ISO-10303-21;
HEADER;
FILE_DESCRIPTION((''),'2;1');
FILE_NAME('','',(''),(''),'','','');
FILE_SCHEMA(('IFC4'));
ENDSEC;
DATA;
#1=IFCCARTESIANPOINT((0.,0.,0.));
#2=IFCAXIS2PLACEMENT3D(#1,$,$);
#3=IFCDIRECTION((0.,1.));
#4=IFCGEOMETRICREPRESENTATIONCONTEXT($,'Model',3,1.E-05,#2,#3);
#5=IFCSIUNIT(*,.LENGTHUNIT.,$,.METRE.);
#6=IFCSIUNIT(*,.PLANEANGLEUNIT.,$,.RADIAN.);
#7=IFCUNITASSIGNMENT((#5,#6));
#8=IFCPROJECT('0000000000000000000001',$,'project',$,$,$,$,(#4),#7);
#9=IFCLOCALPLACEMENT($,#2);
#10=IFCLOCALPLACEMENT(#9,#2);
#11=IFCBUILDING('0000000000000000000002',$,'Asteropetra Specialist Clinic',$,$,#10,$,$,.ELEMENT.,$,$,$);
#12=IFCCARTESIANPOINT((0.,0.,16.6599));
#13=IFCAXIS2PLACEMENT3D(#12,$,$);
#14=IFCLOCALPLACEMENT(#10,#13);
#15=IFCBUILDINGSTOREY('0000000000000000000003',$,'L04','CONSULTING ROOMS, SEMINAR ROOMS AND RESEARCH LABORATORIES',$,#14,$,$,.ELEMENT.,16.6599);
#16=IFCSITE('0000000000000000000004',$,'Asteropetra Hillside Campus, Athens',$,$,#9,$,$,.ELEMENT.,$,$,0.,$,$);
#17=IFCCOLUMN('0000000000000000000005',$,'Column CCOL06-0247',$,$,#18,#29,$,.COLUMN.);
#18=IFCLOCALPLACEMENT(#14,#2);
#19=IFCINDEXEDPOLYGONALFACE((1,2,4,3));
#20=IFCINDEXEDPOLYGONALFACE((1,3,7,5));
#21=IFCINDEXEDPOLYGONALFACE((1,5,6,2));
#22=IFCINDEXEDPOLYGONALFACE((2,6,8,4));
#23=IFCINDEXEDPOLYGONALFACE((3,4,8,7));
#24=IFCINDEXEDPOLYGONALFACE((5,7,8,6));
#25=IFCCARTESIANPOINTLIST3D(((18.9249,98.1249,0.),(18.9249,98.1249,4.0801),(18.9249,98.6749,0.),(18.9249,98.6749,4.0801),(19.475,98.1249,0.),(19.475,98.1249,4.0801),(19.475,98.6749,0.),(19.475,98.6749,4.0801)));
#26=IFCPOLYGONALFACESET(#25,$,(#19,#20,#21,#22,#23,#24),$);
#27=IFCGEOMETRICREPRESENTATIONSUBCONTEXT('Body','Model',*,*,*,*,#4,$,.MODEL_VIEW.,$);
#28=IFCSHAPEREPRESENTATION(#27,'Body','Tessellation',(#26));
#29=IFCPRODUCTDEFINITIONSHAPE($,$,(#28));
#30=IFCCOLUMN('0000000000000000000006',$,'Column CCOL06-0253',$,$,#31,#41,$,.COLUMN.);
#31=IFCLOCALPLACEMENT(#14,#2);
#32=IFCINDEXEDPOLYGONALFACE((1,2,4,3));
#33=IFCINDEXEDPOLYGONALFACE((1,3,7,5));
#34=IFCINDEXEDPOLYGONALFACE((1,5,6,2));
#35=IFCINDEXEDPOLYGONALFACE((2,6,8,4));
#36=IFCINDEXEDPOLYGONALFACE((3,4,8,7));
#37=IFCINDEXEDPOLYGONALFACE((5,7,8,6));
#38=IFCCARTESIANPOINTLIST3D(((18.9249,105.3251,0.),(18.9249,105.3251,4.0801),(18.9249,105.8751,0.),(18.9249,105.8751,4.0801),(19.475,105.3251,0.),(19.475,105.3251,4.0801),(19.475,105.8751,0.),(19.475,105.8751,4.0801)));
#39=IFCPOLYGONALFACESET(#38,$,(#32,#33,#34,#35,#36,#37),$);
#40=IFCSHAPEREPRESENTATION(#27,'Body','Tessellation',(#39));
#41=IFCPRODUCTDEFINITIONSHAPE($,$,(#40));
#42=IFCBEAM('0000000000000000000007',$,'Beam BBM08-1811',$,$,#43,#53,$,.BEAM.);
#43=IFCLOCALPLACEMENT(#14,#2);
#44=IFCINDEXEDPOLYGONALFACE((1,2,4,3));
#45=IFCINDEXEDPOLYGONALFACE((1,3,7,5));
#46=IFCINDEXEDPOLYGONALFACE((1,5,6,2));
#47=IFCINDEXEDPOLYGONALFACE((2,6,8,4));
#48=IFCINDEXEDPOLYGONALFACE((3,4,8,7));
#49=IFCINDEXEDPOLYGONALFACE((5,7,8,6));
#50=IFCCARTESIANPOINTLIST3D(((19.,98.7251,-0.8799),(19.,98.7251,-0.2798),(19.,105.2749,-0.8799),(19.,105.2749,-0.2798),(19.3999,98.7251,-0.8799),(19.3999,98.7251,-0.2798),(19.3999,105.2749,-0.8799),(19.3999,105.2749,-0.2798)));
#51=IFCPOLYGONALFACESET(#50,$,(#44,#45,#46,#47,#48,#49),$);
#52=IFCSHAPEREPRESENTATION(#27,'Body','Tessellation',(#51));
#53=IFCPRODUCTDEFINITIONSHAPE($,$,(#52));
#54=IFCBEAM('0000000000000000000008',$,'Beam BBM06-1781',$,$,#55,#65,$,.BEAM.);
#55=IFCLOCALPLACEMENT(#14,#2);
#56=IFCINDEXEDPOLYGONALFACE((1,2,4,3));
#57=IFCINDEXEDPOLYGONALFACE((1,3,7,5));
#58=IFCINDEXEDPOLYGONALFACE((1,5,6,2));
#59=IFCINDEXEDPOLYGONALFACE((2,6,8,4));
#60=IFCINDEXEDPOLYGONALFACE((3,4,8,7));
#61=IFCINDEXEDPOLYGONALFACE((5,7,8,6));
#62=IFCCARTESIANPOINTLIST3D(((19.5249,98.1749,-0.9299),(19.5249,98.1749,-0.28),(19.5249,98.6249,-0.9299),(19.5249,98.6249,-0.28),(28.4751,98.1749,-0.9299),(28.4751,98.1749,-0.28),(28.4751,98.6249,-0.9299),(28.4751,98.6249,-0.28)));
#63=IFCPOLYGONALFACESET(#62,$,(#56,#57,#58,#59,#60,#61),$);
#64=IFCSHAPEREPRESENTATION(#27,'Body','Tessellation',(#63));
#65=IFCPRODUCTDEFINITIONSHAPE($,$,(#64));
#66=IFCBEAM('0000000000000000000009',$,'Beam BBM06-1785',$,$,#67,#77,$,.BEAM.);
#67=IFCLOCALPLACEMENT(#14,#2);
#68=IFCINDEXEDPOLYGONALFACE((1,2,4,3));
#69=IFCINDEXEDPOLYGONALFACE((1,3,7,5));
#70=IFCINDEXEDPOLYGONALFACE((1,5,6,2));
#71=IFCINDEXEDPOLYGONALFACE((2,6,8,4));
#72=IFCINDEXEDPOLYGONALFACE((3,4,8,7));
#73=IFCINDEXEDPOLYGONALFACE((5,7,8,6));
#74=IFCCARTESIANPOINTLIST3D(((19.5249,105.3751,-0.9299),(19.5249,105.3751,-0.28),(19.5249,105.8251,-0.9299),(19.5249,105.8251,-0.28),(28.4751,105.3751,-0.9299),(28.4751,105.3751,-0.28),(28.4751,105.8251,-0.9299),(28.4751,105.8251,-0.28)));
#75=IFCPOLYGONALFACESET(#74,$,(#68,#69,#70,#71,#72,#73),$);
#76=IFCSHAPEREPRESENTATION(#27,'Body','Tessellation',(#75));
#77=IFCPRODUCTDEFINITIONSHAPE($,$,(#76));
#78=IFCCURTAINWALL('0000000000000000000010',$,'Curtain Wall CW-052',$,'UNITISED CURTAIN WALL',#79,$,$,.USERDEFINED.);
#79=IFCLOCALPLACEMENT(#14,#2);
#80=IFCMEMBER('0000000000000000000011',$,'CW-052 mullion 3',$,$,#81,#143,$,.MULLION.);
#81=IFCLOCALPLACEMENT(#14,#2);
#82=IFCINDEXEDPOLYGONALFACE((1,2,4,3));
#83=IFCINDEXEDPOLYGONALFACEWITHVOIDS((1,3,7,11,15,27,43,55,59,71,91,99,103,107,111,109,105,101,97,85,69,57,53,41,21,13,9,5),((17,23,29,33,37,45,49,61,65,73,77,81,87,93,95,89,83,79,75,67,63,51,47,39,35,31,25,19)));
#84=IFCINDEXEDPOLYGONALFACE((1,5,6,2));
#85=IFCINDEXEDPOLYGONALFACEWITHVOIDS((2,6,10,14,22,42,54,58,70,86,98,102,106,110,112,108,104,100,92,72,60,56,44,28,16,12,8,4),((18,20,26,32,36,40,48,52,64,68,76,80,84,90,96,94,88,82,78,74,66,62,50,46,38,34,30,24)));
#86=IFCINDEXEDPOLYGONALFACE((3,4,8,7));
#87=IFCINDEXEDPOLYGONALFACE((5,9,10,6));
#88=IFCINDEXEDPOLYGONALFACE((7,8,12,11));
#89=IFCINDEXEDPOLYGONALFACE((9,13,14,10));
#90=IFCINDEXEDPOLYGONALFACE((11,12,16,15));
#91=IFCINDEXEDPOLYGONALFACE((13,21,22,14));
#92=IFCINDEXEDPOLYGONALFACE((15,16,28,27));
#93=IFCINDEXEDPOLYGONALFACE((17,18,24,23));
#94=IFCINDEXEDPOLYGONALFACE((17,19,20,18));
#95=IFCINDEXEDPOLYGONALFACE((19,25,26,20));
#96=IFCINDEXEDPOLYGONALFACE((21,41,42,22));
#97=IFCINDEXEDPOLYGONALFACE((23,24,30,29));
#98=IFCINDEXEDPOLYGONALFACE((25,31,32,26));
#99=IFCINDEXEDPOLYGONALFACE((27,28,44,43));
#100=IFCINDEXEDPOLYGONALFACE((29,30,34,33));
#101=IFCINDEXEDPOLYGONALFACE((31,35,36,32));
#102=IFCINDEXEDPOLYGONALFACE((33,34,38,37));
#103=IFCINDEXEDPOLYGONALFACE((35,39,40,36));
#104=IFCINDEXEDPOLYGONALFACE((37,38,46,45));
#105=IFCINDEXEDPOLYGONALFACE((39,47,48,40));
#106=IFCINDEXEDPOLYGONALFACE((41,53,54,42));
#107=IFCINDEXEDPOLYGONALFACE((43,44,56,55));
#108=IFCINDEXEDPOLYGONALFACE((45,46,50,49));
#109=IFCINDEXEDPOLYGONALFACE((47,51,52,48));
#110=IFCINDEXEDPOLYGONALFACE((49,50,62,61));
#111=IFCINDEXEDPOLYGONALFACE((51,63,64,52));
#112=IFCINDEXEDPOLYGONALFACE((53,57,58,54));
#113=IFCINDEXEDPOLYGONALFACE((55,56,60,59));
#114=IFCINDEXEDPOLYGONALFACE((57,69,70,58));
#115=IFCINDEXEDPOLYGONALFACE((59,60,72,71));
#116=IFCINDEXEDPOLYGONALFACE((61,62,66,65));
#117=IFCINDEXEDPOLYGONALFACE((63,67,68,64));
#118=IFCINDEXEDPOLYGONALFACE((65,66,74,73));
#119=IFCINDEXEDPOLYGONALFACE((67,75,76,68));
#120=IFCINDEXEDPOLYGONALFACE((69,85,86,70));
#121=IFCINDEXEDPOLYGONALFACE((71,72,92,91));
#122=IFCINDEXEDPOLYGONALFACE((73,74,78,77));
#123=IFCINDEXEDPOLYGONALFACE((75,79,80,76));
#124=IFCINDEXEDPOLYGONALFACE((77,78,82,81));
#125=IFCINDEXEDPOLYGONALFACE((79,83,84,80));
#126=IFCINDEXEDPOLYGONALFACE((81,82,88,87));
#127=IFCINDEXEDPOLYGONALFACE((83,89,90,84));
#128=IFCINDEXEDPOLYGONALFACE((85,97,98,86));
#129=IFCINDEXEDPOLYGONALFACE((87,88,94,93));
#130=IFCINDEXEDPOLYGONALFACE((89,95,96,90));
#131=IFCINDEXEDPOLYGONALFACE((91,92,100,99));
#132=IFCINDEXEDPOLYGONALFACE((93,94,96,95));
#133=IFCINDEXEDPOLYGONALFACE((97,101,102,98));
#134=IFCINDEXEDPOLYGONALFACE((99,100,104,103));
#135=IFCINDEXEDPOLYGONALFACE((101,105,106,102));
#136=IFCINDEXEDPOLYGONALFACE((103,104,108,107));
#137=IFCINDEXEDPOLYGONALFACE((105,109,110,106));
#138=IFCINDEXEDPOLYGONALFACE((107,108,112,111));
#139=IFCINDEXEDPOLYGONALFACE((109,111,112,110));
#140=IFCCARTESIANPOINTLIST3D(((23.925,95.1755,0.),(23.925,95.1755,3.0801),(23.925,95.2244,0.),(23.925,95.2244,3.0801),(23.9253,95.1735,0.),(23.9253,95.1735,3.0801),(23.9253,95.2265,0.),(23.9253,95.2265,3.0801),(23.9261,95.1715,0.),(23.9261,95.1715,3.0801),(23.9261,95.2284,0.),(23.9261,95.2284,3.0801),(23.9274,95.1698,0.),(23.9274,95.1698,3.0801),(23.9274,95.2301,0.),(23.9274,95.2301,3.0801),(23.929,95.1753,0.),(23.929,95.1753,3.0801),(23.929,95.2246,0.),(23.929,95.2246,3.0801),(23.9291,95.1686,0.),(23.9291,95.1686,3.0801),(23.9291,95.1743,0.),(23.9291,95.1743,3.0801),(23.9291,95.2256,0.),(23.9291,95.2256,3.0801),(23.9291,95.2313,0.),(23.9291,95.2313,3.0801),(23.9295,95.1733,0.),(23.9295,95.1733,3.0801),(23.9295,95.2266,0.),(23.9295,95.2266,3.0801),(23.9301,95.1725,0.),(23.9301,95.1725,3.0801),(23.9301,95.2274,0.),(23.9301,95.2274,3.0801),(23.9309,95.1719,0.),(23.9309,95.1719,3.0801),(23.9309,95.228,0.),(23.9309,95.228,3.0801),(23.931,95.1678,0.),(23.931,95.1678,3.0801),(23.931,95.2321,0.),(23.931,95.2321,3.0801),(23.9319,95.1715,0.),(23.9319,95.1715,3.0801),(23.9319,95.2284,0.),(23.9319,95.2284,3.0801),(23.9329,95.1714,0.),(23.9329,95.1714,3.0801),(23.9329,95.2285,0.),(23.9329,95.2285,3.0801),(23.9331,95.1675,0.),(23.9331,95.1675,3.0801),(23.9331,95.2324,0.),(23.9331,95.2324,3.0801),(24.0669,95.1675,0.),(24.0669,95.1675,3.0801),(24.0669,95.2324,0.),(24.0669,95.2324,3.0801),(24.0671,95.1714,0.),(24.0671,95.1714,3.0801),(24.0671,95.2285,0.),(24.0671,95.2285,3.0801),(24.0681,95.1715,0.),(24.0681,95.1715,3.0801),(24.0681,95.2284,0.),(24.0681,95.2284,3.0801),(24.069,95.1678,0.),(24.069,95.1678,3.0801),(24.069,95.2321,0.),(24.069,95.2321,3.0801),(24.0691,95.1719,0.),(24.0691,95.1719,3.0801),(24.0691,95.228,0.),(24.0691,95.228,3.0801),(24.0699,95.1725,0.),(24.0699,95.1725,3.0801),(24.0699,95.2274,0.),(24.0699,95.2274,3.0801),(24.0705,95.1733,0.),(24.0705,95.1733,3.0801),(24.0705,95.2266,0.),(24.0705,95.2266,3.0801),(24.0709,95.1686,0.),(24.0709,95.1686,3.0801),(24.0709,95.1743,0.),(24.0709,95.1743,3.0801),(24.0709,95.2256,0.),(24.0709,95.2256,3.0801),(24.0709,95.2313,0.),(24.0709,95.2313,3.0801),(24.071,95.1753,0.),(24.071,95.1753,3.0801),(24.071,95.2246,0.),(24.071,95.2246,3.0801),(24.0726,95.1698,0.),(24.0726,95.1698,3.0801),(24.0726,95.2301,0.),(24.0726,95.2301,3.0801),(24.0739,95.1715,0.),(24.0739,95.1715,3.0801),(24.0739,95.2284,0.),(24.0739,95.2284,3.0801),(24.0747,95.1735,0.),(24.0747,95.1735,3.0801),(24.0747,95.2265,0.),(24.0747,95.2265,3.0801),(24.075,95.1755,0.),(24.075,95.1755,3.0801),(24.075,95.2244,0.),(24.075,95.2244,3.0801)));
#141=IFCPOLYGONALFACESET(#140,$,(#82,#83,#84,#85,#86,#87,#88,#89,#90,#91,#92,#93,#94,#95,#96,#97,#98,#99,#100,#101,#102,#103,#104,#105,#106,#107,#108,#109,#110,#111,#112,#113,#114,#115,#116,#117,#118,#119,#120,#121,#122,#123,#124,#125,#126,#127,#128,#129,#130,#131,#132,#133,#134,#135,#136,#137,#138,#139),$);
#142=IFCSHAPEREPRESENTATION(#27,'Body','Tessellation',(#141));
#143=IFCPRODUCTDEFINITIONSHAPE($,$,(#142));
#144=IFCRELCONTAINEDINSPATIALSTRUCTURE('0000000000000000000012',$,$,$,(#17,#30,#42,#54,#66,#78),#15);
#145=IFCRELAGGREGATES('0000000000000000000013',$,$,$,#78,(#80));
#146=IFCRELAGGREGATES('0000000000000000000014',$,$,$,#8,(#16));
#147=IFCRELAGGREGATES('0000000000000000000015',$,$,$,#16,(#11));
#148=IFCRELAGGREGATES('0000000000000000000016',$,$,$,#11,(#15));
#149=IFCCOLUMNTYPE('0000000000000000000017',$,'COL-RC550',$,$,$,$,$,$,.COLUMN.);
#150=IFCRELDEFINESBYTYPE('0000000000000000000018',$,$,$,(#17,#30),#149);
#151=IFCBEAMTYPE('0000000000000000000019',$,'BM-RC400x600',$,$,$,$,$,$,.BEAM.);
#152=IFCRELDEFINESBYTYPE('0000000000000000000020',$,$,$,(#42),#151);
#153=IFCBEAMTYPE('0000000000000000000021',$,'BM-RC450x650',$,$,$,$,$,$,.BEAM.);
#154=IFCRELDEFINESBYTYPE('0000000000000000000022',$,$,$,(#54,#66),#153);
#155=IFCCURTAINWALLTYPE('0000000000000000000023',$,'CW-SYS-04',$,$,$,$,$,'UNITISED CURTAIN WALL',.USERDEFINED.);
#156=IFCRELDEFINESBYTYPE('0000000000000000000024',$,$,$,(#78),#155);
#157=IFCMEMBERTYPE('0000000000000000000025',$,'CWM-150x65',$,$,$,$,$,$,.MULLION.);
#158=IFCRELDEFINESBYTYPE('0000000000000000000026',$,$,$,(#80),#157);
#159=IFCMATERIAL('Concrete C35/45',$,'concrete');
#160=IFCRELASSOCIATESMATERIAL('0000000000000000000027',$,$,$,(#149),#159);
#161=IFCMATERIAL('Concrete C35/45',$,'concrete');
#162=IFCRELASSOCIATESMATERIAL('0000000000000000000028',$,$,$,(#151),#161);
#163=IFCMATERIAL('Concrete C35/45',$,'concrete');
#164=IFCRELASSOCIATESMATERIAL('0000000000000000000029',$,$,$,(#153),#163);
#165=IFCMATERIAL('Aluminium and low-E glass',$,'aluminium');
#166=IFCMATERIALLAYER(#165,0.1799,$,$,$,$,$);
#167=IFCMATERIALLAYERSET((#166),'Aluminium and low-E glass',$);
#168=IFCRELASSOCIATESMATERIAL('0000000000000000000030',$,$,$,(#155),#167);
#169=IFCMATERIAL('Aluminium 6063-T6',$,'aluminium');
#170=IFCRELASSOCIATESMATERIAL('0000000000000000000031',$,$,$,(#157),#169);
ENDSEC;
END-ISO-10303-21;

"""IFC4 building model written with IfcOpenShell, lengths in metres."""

from ifc_helpers import new_model, si_unit, direction, frame, origin, origin_2d, place, context, subcontext, project, spatial, rectangle, hollow_rectangle, extrude, material, layer, layer_set, material_profile, profile_set, type_object, element, aggregate, save


model = new_model("IFC4")

# Units and contexts
model_context = context("Model", 3, precision=1e-05, world=origin(), true_north=direction((0.0, 1.0)))
body_context = subcontext(model_context, "Body", "Model", "MODEL_VIEW")
ifc_project = project(units=[si_unit("LENGTHUNIT", "METRE"), si_unit("PLANEANGLEUNIT", "RADIAN")], contexts=[model_context])

# Site, building, storey
site_placement = place(None, origin())
site = spatial("IfcSite", under=ifc_project, at=site_placement, Name="Asteropetra Hillside Campus, Athens", CompositionType="ELEMENT", RefElevation=0.0)
building_placement = place(site_placement, origin())
building = spatial("IfcBuilding", under=site, at=building_placement, Name="Asteropetra Specialist Clinic", CompositionType="ELEMENT")
storey_placement = place(building_placement, frame((0.0, 0.0, 16.6599)))
storey = spatial("IfcBuildingStorey", under=building, at=storey_placement, Name="L04", Description="CONSULTING ROOMS, SEMINAR ROOMS AND RESEARCH LABORATORIES", CompositionType="ELEMENT", Elevation=16.6599)

# Columns
ifc_material_1 = material(Name="Concrete C35/45", Category="concrete")
ifc_material_profile_1 = material_profile(ifc_material_1, rectangle(XDim=0.55, YDim=0.55, at=origin_2d()), Name="RC 550x550")
ifc_profile_set_1 = profile_set([ifc_material_profile_1], Name="Concrete C35/45")
column_type = type_object("IfcColumnType", Name="COL-RC550", PredefinedType="COLUMN", material=ifc_profile_set_1)
for number, where, z_axis, x_axis, name in (
    (1, (19.2, 98.3999, 0.0), (0.0, 0.0, 1.0), (1.0, 0.0, 0.0), "Column CCOL06-0247"),
    (2, (19.2, 105.6001, 0.0), (0.0, 0.0, 1.0), (1.0, 0.0, 0.0), "Column CCOL06-0253"),
):
    element("IfcColumn", number, at=place(storey_placement, frame(where, z_axis=z_axis, x_axis=x_axis)), inside=storey, type_object=column_type, Name=name, PredefinedType="COLUMN", context=body_context, shape_type="SweptSolid", body=[
        extrude(rectangle(XDim=0.55, YDim=0.55, at=origin_2d()), origin(), (0.0, 0.0, 1.0), 4.0801),
    ])

# Beams
ifc_material_2 = material(Name="Concrete C35/45", Category="concrete")
ifc_material_profile_2 = material_profile(ifc_material_2, rectangle(XDim=0.3999, YDim=0.6001, at=origin_2d()), Name="RCB 400x600")
ifc_profile_set_2 = profile_set([ifc_material_profile_2], Name="Concrete C35/45")
beam_type_1 = type_object("IfcBeamType", Name="BM-RC400x600", PredefinedType="BEAM", material=ifc_profile_set_2)
beam_placement = place(storey_placement, frame((19.2, 98.7251, -0.5798), z_axis=(0.0, 1.0, 0.0), x_axis=(-1.0, 0.0, 0.0)))
element("IfcBeam", 3, at=beam_placement, inside=storey, type_object=beam_type_1, Name="Beam BBM08-1811", PredefinedType="BEAM", context=body_context, shape_type="SweptSolid", body=[
    extrude(rectangle(XDim=0.3999, YDim=0.6001, at=origin_2d()), origin(), (0.0, 0.0, 1.0), 6.5498),
])
ifc_material_3 = material(Name="Concrete C35/45", Category="concrete")
ifc_material_profile_3 = material_profile(ifc_material_3, rectangle(XDim=0.45, YDim=0.6499, at=origin_2d()), Name="RCB 450x650")
ifc_profile_set_3 = profile_set([ifc_material_profile_3], Name="Concrete C35/45")
beam_type_2 = type_object("IfcBeamType", Name="BM-RC450x650", PredefinedType="BEAM", material=ifc_profile_set_3)
for number, where, z_axis, x_axis, name in (
    (4, (19.5249, 98.3999, -0.605), (1.0, 0.0, 0.0), (0.0, 1.0, 0.0), "Beam BBM06-1781"),
    (5, (19.5249, 105.6001, -0.605), (1.0, 0.0, 0.0), (0.0, 1.0, 0.0), "Beam BBM06-1785"),
):
    element("IfcBeam", number, at=place(storey_placement, frame(where, z_axis=z_axis, x_axis=x_axis)), inside=storey, type_object=beam_type_2, Name=name, PredefinedType="BEAM", context=body_context, shape_type="SweptSolid", body=[
        extrude(rectangle(XDim=0.45, YDim=0.6499, at=origin_2d()), origin(), (0.0, 0.0, 1.0), 8.9502),
    ])

# Curtain wall, member
ifc_material_4 = material(Name="Aluminium and low-E glass", Category="aluminium")
ifc_layer_1 = layer(ifc_material_4, 0.1799)
ifc_layer_set_1 = layer_set([ifc_layer_1], Name="Aluminium and low-E glass")
curtain_wall_type = type_object("IfcCurtainWallType", Name="CW-SYS-04", ElementType="UNITISED CURTAIN WALL", PredefinedType="USERDEFINED", material=ifc_layer_set_1)
curtain_wall_placement = place(storey_placement, origin())
curtain_wall = element("IfcCurtainWall", 6, at=curtain_wall_placement, inside=storey, type_object=curtain_wall_type, Name="Curtain Wall CW-052", ObjectType="UNITISED CURTAIN WALL", PredefinedType="USERDEFINED")
ifc_material_5 = material(Name="Aluminium 6063-T6", Category="aluminium")
ifc_material_profile_4 = material_profile(ifc_material_5, hollow_rectangle(XDim=0.0649, YDim=0.1499, WallThickness=0.0039, InnerFilletRadius=0.0039, OuterFilletRadius=0.0081, at=origin_2d()), Name="MUL 150x65x4.0")
ifc_profile_set_4 = profile_set([ifc_material_profile_4], Name="Aluminium 6063-T6")
member_type_1 = type_object("IfcMemberType", Name="CWM-150x65", PredefinedType="MULLION", material=ifc_profile_set_4)
member_1_placement = place(storey_placement, frame((24.0, 95.2, 0.0), z_axis=(0.0, 0.0, 1.0), x_axis=(0.0, -1.0, 0.0)))
member_1 = element("IfcMember", 7, at=member_1_placement, type_object=member_type_1, Name="CW-052 mullion 3", PredefinedType="MULLION", context=body_context, shape_type="SweptSolid", body=[
    extrude(hollow_rectangle(XDim=0.0649, YDim=0.1499, WallThickness=0.0039, InnerFilletRadius=0.0039, OuterFilletRadius=0.0081, at=origin_2d()), origin(), (0.0, 0.0, 1.0), 3.0801),
])

aggregate(curtain_wall, [member_1])

save(model, "model.ifc")
